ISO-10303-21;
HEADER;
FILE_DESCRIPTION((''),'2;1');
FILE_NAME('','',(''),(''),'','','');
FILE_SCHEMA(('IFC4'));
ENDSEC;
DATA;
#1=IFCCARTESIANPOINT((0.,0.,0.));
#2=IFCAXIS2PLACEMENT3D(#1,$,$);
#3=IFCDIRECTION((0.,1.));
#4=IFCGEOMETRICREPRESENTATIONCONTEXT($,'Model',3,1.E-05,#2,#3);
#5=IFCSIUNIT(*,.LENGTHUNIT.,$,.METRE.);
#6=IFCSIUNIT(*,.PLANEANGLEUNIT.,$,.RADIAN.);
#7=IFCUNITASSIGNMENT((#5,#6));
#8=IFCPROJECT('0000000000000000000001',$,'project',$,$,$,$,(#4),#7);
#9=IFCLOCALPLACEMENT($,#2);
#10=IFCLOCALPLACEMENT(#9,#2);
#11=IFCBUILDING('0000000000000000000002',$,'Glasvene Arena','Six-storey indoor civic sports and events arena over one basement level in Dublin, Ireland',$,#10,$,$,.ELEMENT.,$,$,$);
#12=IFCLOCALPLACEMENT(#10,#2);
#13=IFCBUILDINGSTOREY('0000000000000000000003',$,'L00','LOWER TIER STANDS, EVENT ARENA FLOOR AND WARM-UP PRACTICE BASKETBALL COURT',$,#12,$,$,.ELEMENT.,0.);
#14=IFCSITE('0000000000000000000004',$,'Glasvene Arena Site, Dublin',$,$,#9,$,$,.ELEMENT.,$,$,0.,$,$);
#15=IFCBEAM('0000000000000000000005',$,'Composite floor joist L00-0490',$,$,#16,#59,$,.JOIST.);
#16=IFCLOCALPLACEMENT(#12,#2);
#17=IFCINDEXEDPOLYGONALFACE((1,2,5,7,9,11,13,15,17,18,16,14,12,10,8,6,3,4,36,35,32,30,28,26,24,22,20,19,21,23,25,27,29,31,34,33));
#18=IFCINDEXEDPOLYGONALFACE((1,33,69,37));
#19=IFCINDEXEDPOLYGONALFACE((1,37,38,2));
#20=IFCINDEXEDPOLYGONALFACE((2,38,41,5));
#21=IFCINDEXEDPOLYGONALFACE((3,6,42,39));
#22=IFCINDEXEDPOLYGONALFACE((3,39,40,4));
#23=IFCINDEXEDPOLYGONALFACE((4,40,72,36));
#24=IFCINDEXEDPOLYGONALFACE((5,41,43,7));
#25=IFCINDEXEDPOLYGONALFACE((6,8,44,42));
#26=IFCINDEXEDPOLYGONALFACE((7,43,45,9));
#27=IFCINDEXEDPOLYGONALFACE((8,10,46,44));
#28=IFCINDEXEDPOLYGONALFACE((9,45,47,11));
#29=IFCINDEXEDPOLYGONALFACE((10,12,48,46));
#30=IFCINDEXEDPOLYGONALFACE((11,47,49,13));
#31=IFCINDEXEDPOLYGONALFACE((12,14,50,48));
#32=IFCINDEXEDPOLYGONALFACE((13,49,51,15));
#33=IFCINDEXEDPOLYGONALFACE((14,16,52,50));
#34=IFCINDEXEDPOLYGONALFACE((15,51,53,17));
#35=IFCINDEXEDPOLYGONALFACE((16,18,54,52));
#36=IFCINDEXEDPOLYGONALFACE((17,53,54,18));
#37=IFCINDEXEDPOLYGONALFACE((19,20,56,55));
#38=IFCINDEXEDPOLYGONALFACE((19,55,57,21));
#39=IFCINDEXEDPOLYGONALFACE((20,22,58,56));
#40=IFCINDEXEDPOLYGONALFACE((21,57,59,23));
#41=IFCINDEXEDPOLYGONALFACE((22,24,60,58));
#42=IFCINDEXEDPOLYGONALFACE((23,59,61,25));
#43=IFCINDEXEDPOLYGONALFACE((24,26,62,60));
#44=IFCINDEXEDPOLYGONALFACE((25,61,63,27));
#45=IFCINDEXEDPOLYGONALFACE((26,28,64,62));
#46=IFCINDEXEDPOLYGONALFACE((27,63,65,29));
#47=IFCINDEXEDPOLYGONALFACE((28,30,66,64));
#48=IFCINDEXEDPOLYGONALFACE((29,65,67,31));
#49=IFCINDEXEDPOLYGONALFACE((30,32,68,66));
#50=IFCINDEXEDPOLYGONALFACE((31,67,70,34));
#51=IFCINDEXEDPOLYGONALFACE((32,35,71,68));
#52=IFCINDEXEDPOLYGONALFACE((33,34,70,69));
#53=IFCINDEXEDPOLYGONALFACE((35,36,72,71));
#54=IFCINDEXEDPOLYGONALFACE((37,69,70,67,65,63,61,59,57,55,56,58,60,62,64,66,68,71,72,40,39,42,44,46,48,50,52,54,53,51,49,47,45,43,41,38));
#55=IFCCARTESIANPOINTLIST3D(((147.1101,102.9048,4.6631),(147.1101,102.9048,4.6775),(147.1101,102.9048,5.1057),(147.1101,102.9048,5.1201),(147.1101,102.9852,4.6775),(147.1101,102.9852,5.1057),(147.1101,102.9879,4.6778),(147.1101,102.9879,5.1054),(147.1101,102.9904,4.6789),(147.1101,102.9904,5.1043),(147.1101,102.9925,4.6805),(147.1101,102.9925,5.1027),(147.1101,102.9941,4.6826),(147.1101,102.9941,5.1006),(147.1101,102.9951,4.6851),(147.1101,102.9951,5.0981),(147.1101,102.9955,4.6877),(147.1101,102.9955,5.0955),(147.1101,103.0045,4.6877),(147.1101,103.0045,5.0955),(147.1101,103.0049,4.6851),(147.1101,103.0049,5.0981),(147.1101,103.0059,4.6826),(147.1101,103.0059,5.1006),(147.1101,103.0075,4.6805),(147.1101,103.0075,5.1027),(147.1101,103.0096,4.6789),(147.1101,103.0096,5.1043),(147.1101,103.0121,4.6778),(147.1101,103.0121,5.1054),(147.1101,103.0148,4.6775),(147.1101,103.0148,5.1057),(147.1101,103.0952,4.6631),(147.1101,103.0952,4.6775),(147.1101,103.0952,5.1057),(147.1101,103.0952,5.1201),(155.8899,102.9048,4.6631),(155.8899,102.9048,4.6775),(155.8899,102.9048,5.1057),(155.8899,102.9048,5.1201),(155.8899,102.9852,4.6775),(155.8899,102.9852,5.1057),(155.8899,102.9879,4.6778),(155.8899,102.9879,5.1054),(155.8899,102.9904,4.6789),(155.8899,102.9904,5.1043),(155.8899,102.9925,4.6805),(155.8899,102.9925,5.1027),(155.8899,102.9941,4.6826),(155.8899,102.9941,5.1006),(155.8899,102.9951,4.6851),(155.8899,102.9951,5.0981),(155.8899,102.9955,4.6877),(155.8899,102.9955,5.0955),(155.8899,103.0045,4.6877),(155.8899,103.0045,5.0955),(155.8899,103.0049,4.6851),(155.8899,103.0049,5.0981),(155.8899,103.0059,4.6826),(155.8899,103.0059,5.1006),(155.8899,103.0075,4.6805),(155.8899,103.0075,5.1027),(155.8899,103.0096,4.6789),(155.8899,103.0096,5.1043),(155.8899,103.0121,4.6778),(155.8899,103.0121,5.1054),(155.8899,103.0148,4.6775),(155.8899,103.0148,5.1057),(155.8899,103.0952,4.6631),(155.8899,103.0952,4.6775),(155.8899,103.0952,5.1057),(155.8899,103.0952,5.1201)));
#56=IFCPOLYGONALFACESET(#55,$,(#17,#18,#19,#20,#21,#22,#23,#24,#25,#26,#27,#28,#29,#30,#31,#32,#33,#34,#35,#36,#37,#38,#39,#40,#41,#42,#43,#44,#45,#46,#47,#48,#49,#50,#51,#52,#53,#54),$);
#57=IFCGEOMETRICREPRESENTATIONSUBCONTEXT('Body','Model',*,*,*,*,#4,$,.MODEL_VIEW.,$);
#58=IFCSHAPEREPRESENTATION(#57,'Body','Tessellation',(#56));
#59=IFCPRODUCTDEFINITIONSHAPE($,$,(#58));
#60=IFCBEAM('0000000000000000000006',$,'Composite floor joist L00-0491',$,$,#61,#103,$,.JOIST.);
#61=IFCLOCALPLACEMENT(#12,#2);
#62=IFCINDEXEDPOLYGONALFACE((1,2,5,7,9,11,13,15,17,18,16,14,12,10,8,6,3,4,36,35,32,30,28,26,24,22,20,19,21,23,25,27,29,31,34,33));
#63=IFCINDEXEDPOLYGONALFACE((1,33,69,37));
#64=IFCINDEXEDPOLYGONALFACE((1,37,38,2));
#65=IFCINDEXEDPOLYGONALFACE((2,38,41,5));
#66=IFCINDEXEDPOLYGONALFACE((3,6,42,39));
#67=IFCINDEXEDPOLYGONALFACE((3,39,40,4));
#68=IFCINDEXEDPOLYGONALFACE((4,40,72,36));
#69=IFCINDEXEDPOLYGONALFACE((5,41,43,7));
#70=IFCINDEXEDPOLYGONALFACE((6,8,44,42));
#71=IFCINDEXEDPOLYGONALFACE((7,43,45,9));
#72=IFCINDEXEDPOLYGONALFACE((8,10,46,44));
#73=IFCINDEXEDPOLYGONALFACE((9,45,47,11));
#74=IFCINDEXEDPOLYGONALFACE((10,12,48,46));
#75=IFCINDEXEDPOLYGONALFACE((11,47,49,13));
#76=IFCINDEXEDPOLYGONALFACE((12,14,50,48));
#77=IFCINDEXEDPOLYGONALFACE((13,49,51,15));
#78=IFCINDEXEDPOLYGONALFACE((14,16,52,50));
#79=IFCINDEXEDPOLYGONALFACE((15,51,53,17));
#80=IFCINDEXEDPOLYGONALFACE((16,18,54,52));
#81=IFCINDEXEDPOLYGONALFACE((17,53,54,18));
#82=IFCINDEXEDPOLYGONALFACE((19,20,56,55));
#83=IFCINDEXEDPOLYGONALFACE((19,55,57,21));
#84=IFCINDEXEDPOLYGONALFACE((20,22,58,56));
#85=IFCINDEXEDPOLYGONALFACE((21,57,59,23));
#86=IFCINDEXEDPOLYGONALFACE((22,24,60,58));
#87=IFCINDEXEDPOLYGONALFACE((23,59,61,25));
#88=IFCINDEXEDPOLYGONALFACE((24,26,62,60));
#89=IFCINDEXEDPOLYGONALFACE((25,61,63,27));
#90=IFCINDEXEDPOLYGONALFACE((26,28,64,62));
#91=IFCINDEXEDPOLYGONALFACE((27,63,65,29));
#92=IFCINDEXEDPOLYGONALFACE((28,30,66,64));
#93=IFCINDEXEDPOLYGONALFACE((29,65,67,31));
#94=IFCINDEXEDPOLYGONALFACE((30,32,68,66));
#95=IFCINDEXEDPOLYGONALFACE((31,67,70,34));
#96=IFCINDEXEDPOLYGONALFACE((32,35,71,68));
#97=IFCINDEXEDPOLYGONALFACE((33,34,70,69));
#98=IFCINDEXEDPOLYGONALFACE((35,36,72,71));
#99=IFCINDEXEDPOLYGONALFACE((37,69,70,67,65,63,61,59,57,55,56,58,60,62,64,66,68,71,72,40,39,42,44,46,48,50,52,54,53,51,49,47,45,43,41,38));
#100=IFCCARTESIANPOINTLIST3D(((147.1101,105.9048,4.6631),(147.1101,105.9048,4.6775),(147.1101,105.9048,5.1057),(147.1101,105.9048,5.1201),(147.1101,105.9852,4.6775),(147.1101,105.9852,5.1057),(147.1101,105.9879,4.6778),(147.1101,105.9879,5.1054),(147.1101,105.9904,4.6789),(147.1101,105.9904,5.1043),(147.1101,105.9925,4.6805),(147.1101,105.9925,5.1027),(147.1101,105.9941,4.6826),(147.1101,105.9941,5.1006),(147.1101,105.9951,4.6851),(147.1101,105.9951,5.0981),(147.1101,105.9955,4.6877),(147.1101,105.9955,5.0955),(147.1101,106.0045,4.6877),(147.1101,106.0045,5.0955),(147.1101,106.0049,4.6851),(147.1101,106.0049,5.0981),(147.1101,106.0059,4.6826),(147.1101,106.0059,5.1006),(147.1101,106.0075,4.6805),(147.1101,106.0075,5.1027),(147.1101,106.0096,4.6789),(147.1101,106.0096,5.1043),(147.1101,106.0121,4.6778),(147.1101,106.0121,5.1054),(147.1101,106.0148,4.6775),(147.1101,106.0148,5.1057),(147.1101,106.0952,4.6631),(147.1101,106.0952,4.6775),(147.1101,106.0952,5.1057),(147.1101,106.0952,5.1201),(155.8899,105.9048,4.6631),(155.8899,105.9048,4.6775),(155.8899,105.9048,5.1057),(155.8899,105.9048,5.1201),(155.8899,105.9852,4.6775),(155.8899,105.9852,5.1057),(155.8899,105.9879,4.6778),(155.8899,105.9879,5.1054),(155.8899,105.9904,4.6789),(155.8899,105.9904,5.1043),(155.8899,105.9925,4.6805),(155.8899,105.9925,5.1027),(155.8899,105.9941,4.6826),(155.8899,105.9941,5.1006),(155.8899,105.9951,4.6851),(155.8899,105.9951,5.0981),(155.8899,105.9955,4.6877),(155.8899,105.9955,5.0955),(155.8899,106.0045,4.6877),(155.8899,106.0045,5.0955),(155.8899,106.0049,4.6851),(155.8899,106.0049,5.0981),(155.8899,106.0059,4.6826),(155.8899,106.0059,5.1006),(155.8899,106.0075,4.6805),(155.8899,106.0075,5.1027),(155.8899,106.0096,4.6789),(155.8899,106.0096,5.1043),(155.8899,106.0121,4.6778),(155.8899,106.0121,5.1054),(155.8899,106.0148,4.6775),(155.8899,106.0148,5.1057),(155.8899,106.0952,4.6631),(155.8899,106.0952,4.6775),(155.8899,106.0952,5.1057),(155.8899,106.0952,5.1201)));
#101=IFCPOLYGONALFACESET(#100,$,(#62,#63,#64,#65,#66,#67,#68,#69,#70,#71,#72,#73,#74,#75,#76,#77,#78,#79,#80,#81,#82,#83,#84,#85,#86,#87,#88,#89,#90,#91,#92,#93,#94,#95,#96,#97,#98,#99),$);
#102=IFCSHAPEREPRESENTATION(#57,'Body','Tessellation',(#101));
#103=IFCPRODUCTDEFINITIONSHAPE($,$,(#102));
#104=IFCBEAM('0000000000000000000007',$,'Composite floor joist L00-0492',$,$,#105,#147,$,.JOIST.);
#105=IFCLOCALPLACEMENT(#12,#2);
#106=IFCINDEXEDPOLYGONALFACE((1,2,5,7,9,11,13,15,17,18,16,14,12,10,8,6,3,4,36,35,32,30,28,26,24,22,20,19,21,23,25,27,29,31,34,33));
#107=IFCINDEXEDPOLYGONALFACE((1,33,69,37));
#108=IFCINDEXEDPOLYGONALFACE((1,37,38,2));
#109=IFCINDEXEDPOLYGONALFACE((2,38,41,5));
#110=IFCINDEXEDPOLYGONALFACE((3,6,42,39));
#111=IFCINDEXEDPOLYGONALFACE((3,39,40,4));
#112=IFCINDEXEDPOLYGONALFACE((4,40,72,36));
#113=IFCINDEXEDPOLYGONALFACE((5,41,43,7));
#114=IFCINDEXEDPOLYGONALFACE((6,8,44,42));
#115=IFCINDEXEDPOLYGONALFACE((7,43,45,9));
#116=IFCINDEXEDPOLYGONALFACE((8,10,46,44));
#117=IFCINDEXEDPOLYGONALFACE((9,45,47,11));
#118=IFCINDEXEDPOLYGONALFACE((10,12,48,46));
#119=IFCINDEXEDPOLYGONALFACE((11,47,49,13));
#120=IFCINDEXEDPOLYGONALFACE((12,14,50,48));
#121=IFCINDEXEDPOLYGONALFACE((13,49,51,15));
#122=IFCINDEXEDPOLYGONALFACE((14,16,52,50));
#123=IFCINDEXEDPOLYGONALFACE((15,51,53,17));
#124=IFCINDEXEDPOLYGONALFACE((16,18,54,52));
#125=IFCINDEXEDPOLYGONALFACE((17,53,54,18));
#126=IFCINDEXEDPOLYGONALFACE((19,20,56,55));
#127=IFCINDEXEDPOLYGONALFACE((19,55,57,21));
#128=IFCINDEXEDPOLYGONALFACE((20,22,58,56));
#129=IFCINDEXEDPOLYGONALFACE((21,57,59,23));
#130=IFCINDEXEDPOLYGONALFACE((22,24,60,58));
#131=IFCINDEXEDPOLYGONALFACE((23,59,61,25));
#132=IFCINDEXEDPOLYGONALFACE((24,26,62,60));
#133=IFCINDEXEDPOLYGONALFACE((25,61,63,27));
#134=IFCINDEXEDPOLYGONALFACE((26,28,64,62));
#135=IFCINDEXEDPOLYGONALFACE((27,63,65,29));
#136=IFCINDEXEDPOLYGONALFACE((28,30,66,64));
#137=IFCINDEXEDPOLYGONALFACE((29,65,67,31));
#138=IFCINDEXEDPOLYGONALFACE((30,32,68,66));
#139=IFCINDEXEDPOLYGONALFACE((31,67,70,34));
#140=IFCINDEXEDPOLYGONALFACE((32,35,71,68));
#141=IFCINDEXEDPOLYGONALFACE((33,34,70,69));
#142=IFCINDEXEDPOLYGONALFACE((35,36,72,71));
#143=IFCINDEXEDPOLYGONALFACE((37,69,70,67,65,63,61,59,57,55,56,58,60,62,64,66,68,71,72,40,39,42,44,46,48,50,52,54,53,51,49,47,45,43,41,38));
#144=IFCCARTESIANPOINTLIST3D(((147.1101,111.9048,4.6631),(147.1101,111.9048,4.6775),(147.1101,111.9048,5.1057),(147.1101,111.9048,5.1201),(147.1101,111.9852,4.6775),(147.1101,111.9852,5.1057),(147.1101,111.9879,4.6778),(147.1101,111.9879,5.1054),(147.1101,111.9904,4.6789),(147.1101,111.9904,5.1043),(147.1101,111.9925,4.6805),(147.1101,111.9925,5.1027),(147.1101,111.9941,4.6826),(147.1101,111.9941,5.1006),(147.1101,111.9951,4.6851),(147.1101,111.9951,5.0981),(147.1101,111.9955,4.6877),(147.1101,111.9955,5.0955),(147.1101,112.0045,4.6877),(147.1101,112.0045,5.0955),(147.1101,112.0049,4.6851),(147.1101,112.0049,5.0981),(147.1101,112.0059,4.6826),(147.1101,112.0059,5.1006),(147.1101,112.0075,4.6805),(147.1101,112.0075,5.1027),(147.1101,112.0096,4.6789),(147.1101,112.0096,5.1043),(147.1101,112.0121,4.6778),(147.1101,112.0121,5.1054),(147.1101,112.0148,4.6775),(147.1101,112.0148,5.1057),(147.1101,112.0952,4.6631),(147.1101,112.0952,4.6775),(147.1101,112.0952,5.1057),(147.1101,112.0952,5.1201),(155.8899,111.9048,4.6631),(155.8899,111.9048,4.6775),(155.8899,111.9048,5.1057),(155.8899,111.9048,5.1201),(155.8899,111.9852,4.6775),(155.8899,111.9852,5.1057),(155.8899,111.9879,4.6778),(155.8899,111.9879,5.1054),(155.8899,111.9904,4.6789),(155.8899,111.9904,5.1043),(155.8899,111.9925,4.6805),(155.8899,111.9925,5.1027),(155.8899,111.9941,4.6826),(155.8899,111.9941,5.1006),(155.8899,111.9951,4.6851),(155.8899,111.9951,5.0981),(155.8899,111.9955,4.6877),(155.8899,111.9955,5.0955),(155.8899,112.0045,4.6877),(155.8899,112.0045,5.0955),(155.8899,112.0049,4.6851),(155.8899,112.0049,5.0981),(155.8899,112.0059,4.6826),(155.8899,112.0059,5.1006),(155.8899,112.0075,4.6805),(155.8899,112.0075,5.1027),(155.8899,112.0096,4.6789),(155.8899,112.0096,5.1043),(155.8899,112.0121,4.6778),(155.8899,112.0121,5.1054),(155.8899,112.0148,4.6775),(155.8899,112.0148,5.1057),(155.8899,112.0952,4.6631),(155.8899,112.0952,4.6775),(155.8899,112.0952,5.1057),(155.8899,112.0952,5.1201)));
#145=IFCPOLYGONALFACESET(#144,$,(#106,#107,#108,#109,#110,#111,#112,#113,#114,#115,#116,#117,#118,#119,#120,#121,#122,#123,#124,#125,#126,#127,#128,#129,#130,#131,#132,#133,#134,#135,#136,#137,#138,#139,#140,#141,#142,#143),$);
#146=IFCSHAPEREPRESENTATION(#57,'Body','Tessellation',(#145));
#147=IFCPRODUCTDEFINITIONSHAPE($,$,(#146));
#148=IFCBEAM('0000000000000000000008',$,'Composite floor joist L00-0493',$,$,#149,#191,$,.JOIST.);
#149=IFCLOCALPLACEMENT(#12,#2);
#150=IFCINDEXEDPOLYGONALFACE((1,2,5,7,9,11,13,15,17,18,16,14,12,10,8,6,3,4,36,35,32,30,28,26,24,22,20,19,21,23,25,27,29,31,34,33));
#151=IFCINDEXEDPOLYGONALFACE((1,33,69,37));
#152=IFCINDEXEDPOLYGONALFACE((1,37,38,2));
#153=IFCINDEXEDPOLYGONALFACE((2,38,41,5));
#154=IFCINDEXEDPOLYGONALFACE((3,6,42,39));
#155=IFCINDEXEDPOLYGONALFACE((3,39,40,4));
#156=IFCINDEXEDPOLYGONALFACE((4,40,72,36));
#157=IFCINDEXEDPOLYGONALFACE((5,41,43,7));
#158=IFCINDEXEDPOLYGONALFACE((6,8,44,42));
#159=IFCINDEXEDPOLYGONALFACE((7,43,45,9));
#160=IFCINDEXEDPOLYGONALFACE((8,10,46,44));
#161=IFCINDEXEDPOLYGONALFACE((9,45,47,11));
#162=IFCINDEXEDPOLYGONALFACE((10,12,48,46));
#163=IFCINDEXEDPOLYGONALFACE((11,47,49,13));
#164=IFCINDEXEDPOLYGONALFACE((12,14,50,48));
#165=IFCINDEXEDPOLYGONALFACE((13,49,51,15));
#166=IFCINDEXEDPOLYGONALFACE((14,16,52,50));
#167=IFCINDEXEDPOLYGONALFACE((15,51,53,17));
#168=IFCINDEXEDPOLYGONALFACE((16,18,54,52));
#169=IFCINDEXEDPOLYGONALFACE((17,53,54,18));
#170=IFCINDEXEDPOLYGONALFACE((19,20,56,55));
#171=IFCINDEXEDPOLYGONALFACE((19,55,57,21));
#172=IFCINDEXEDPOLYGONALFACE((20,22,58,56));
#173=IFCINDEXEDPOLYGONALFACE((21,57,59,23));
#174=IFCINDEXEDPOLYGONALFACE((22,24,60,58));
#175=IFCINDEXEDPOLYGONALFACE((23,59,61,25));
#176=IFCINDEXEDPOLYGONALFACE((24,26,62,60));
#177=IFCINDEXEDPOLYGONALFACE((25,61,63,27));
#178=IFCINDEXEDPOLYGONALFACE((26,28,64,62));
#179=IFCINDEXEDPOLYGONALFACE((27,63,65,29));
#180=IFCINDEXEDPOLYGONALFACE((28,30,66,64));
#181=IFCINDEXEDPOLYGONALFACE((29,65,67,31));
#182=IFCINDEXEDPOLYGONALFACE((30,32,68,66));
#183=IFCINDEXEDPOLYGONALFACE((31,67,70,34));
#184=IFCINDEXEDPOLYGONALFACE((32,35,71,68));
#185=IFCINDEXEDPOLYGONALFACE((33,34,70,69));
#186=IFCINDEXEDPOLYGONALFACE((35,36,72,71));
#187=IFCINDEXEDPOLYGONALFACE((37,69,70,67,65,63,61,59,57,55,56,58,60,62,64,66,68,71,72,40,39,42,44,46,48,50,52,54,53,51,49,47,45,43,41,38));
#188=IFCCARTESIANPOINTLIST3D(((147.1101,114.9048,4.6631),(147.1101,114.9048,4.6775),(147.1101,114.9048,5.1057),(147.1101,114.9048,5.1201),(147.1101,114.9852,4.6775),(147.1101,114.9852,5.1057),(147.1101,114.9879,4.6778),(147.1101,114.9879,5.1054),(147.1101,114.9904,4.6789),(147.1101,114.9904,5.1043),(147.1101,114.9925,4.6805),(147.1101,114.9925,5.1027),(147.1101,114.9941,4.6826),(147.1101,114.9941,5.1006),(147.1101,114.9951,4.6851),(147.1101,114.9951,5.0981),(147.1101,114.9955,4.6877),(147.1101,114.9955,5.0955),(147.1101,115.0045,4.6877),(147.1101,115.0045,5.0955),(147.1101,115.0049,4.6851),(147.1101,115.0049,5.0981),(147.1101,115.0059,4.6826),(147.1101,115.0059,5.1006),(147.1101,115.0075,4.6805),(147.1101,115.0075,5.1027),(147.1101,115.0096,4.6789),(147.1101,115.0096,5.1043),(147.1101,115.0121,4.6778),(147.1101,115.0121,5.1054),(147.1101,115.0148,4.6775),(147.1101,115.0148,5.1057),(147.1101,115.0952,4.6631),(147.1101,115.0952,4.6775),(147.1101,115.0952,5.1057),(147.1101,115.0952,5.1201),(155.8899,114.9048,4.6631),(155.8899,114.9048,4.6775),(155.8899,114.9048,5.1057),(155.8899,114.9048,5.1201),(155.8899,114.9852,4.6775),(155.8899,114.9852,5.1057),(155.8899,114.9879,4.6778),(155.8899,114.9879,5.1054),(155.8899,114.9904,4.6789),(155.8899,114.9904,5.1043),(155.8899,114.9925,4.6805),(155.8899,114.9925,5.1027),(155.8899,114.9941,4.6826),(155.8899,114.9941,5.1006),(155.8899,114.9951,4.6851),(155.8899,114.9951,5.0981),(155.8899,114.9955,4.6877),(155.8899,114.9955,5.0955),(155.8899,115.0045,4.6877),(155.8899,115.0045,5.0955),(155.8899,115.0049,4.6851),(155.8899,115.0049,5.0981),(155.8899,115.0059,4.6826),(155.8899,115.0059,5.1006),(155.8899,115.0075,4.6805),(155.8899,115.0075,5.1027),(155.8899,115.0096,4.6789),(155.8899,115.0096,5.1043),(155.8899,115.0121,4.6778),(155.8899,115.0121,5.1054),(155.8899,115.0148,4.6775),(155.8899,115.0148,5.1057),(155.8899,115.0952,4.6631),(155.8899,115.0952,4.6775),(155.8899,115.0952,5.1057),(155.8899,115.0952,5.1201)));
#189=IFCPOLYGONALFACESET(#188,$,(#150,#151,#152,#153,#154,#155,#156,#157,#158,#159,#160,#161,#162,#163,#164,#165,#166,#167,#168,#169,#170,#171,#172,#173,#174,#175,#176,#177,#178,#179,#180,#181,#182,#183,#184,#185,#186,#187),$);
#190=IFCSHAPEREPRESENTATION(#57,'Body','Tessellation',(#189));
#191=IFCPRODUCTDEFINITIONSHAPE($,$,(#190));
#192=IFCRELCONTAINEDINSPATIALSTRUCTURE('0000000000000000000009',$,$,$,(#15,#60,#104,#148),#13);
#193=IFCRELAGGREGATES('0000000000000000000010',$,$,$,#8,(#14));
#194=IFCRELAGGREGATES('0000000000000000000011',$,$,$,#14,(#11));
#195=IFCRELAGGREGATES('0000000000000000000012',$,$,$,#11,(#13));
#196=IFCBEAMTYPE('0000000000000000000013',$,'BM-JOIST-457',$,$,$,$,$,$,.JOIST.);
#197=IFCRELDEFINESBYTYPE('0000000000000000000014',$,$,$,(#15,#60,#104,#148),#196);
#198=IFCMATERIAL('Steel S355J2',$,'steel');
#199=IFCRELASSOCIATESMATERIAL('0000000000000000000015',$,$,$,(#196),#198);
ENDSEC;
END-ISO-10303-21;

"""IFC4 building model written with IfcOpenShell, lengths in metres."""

from ifc_helpers import new_model, si_unit, direction, frame, origin, origin_2d, place, context, subcontext, project, spatial, i_section, extrude, material, material_profile, profile_set, type_object, element, save


model = new_model("IFC4")

# Units and contexts
model_context = context("Model", 3, precision=1e-05, world=origin(), true_north=direction((0.0, 1.0)))
body_context = subcontext(model_context, "Body", "Model", "MODEL_VIEW")
ifc_project = project(units=[si_unit("LENGTHUNIT", "METRE"), si_unit("PLANEANGLEUNIT", "RADIAN")], contexts=[model_context])

# Site, building, storey
site_placement = place(None, origin())
site = spatial("IfcSite", under=ifc_project, at=site_placement, Name="Glasvene Arena Site, Dublin", CompositionType="ELEMENT", RefElevation=0.0)
building_placement = place(site_placement, origin())
building = spatial("IfcBuilding", under=site, at=building_placement, Name="Glasvene Arena", Description="Six-storey indoor civic sports and events arena over one basement level in Dublin, Ireland", CompositionType="ELEMENT")
storey_placement = place(building_placement, origin())
storey = spatial("IfcBuildingStorey", under=building, at=storey_placement, Name="L00", Description="LOWER TIER STANDS, EVENT ARENA FLOOR AND WARM-UP PRACTICE BASKETBALL COURT", CompositionType="ELEMENT", Elevation=0.0)

# Shared definitions
ifc_material_1 = material(Name="Steel S355J2", Category="steel")

# Beams
ifc_material_profile_1 = material_profile(ifc_material_1, i_section(OverallWidth=0.1904, OverallDepth=0.457, WebThickness=0.009, FlangeThickness=0.0144, FilletRadius=0.0103, at=origin_2d()), Name="UKB 457x191x74")
ifc_profile_set_1 = profile_set([ifc_material_profile_1], Name="Steel S355J2")
beam_type_1 = type_object("IfcBeamType", Name="BM-JOIST-457", PredefinedType="JOIST", material=ifc_profile_set_1)
for number, where, z_axis, x_axis, name in (
    (1, (147.1101, 103.0, 4.8916), (1.0, 0.0, 0.0), (0.0, 1.0, 0.0), "Composite floor joist L00-0490"),
    (2, (147.1101, 106.0, 4.8916), (1.0, 0.0, 0.0), (0.0, 1.0, 0.0), "Composite floor joist L00-0491"),
    (3, (147.1101, 112.0, 4.8916), (1.0, 0.0, 0.0), (0.0, 1.0, 0.0), "Composite floor joist L00-0492"),
    (4, (147.1101, 115.0, 4.8916), (1.0, 0.0, 0.0), (0.0, 1.0, 0.0), "Composite floor joist L00-0493"),
):
    element("IfcBeam", number, at=place(storey_placement, frame(where, z_axis=z_axis, x_axis=x_axis)), inside=storey, type_object=beam_type_1, Name=name, PredefinedType="JOIST", context=body_context, shape_type="SweptSolid", body=[
        extrude(i_section(OverallWidth=0.1904, OverallDepth=0.457, WebThickness=0.009, FlangeThickness=0.0144, FilletRadius=0.0103, at=origin_2d()), origin(), (0.0, 0.0, 1.0), 8.7798),
    ])

save(model, "model.ifc")
